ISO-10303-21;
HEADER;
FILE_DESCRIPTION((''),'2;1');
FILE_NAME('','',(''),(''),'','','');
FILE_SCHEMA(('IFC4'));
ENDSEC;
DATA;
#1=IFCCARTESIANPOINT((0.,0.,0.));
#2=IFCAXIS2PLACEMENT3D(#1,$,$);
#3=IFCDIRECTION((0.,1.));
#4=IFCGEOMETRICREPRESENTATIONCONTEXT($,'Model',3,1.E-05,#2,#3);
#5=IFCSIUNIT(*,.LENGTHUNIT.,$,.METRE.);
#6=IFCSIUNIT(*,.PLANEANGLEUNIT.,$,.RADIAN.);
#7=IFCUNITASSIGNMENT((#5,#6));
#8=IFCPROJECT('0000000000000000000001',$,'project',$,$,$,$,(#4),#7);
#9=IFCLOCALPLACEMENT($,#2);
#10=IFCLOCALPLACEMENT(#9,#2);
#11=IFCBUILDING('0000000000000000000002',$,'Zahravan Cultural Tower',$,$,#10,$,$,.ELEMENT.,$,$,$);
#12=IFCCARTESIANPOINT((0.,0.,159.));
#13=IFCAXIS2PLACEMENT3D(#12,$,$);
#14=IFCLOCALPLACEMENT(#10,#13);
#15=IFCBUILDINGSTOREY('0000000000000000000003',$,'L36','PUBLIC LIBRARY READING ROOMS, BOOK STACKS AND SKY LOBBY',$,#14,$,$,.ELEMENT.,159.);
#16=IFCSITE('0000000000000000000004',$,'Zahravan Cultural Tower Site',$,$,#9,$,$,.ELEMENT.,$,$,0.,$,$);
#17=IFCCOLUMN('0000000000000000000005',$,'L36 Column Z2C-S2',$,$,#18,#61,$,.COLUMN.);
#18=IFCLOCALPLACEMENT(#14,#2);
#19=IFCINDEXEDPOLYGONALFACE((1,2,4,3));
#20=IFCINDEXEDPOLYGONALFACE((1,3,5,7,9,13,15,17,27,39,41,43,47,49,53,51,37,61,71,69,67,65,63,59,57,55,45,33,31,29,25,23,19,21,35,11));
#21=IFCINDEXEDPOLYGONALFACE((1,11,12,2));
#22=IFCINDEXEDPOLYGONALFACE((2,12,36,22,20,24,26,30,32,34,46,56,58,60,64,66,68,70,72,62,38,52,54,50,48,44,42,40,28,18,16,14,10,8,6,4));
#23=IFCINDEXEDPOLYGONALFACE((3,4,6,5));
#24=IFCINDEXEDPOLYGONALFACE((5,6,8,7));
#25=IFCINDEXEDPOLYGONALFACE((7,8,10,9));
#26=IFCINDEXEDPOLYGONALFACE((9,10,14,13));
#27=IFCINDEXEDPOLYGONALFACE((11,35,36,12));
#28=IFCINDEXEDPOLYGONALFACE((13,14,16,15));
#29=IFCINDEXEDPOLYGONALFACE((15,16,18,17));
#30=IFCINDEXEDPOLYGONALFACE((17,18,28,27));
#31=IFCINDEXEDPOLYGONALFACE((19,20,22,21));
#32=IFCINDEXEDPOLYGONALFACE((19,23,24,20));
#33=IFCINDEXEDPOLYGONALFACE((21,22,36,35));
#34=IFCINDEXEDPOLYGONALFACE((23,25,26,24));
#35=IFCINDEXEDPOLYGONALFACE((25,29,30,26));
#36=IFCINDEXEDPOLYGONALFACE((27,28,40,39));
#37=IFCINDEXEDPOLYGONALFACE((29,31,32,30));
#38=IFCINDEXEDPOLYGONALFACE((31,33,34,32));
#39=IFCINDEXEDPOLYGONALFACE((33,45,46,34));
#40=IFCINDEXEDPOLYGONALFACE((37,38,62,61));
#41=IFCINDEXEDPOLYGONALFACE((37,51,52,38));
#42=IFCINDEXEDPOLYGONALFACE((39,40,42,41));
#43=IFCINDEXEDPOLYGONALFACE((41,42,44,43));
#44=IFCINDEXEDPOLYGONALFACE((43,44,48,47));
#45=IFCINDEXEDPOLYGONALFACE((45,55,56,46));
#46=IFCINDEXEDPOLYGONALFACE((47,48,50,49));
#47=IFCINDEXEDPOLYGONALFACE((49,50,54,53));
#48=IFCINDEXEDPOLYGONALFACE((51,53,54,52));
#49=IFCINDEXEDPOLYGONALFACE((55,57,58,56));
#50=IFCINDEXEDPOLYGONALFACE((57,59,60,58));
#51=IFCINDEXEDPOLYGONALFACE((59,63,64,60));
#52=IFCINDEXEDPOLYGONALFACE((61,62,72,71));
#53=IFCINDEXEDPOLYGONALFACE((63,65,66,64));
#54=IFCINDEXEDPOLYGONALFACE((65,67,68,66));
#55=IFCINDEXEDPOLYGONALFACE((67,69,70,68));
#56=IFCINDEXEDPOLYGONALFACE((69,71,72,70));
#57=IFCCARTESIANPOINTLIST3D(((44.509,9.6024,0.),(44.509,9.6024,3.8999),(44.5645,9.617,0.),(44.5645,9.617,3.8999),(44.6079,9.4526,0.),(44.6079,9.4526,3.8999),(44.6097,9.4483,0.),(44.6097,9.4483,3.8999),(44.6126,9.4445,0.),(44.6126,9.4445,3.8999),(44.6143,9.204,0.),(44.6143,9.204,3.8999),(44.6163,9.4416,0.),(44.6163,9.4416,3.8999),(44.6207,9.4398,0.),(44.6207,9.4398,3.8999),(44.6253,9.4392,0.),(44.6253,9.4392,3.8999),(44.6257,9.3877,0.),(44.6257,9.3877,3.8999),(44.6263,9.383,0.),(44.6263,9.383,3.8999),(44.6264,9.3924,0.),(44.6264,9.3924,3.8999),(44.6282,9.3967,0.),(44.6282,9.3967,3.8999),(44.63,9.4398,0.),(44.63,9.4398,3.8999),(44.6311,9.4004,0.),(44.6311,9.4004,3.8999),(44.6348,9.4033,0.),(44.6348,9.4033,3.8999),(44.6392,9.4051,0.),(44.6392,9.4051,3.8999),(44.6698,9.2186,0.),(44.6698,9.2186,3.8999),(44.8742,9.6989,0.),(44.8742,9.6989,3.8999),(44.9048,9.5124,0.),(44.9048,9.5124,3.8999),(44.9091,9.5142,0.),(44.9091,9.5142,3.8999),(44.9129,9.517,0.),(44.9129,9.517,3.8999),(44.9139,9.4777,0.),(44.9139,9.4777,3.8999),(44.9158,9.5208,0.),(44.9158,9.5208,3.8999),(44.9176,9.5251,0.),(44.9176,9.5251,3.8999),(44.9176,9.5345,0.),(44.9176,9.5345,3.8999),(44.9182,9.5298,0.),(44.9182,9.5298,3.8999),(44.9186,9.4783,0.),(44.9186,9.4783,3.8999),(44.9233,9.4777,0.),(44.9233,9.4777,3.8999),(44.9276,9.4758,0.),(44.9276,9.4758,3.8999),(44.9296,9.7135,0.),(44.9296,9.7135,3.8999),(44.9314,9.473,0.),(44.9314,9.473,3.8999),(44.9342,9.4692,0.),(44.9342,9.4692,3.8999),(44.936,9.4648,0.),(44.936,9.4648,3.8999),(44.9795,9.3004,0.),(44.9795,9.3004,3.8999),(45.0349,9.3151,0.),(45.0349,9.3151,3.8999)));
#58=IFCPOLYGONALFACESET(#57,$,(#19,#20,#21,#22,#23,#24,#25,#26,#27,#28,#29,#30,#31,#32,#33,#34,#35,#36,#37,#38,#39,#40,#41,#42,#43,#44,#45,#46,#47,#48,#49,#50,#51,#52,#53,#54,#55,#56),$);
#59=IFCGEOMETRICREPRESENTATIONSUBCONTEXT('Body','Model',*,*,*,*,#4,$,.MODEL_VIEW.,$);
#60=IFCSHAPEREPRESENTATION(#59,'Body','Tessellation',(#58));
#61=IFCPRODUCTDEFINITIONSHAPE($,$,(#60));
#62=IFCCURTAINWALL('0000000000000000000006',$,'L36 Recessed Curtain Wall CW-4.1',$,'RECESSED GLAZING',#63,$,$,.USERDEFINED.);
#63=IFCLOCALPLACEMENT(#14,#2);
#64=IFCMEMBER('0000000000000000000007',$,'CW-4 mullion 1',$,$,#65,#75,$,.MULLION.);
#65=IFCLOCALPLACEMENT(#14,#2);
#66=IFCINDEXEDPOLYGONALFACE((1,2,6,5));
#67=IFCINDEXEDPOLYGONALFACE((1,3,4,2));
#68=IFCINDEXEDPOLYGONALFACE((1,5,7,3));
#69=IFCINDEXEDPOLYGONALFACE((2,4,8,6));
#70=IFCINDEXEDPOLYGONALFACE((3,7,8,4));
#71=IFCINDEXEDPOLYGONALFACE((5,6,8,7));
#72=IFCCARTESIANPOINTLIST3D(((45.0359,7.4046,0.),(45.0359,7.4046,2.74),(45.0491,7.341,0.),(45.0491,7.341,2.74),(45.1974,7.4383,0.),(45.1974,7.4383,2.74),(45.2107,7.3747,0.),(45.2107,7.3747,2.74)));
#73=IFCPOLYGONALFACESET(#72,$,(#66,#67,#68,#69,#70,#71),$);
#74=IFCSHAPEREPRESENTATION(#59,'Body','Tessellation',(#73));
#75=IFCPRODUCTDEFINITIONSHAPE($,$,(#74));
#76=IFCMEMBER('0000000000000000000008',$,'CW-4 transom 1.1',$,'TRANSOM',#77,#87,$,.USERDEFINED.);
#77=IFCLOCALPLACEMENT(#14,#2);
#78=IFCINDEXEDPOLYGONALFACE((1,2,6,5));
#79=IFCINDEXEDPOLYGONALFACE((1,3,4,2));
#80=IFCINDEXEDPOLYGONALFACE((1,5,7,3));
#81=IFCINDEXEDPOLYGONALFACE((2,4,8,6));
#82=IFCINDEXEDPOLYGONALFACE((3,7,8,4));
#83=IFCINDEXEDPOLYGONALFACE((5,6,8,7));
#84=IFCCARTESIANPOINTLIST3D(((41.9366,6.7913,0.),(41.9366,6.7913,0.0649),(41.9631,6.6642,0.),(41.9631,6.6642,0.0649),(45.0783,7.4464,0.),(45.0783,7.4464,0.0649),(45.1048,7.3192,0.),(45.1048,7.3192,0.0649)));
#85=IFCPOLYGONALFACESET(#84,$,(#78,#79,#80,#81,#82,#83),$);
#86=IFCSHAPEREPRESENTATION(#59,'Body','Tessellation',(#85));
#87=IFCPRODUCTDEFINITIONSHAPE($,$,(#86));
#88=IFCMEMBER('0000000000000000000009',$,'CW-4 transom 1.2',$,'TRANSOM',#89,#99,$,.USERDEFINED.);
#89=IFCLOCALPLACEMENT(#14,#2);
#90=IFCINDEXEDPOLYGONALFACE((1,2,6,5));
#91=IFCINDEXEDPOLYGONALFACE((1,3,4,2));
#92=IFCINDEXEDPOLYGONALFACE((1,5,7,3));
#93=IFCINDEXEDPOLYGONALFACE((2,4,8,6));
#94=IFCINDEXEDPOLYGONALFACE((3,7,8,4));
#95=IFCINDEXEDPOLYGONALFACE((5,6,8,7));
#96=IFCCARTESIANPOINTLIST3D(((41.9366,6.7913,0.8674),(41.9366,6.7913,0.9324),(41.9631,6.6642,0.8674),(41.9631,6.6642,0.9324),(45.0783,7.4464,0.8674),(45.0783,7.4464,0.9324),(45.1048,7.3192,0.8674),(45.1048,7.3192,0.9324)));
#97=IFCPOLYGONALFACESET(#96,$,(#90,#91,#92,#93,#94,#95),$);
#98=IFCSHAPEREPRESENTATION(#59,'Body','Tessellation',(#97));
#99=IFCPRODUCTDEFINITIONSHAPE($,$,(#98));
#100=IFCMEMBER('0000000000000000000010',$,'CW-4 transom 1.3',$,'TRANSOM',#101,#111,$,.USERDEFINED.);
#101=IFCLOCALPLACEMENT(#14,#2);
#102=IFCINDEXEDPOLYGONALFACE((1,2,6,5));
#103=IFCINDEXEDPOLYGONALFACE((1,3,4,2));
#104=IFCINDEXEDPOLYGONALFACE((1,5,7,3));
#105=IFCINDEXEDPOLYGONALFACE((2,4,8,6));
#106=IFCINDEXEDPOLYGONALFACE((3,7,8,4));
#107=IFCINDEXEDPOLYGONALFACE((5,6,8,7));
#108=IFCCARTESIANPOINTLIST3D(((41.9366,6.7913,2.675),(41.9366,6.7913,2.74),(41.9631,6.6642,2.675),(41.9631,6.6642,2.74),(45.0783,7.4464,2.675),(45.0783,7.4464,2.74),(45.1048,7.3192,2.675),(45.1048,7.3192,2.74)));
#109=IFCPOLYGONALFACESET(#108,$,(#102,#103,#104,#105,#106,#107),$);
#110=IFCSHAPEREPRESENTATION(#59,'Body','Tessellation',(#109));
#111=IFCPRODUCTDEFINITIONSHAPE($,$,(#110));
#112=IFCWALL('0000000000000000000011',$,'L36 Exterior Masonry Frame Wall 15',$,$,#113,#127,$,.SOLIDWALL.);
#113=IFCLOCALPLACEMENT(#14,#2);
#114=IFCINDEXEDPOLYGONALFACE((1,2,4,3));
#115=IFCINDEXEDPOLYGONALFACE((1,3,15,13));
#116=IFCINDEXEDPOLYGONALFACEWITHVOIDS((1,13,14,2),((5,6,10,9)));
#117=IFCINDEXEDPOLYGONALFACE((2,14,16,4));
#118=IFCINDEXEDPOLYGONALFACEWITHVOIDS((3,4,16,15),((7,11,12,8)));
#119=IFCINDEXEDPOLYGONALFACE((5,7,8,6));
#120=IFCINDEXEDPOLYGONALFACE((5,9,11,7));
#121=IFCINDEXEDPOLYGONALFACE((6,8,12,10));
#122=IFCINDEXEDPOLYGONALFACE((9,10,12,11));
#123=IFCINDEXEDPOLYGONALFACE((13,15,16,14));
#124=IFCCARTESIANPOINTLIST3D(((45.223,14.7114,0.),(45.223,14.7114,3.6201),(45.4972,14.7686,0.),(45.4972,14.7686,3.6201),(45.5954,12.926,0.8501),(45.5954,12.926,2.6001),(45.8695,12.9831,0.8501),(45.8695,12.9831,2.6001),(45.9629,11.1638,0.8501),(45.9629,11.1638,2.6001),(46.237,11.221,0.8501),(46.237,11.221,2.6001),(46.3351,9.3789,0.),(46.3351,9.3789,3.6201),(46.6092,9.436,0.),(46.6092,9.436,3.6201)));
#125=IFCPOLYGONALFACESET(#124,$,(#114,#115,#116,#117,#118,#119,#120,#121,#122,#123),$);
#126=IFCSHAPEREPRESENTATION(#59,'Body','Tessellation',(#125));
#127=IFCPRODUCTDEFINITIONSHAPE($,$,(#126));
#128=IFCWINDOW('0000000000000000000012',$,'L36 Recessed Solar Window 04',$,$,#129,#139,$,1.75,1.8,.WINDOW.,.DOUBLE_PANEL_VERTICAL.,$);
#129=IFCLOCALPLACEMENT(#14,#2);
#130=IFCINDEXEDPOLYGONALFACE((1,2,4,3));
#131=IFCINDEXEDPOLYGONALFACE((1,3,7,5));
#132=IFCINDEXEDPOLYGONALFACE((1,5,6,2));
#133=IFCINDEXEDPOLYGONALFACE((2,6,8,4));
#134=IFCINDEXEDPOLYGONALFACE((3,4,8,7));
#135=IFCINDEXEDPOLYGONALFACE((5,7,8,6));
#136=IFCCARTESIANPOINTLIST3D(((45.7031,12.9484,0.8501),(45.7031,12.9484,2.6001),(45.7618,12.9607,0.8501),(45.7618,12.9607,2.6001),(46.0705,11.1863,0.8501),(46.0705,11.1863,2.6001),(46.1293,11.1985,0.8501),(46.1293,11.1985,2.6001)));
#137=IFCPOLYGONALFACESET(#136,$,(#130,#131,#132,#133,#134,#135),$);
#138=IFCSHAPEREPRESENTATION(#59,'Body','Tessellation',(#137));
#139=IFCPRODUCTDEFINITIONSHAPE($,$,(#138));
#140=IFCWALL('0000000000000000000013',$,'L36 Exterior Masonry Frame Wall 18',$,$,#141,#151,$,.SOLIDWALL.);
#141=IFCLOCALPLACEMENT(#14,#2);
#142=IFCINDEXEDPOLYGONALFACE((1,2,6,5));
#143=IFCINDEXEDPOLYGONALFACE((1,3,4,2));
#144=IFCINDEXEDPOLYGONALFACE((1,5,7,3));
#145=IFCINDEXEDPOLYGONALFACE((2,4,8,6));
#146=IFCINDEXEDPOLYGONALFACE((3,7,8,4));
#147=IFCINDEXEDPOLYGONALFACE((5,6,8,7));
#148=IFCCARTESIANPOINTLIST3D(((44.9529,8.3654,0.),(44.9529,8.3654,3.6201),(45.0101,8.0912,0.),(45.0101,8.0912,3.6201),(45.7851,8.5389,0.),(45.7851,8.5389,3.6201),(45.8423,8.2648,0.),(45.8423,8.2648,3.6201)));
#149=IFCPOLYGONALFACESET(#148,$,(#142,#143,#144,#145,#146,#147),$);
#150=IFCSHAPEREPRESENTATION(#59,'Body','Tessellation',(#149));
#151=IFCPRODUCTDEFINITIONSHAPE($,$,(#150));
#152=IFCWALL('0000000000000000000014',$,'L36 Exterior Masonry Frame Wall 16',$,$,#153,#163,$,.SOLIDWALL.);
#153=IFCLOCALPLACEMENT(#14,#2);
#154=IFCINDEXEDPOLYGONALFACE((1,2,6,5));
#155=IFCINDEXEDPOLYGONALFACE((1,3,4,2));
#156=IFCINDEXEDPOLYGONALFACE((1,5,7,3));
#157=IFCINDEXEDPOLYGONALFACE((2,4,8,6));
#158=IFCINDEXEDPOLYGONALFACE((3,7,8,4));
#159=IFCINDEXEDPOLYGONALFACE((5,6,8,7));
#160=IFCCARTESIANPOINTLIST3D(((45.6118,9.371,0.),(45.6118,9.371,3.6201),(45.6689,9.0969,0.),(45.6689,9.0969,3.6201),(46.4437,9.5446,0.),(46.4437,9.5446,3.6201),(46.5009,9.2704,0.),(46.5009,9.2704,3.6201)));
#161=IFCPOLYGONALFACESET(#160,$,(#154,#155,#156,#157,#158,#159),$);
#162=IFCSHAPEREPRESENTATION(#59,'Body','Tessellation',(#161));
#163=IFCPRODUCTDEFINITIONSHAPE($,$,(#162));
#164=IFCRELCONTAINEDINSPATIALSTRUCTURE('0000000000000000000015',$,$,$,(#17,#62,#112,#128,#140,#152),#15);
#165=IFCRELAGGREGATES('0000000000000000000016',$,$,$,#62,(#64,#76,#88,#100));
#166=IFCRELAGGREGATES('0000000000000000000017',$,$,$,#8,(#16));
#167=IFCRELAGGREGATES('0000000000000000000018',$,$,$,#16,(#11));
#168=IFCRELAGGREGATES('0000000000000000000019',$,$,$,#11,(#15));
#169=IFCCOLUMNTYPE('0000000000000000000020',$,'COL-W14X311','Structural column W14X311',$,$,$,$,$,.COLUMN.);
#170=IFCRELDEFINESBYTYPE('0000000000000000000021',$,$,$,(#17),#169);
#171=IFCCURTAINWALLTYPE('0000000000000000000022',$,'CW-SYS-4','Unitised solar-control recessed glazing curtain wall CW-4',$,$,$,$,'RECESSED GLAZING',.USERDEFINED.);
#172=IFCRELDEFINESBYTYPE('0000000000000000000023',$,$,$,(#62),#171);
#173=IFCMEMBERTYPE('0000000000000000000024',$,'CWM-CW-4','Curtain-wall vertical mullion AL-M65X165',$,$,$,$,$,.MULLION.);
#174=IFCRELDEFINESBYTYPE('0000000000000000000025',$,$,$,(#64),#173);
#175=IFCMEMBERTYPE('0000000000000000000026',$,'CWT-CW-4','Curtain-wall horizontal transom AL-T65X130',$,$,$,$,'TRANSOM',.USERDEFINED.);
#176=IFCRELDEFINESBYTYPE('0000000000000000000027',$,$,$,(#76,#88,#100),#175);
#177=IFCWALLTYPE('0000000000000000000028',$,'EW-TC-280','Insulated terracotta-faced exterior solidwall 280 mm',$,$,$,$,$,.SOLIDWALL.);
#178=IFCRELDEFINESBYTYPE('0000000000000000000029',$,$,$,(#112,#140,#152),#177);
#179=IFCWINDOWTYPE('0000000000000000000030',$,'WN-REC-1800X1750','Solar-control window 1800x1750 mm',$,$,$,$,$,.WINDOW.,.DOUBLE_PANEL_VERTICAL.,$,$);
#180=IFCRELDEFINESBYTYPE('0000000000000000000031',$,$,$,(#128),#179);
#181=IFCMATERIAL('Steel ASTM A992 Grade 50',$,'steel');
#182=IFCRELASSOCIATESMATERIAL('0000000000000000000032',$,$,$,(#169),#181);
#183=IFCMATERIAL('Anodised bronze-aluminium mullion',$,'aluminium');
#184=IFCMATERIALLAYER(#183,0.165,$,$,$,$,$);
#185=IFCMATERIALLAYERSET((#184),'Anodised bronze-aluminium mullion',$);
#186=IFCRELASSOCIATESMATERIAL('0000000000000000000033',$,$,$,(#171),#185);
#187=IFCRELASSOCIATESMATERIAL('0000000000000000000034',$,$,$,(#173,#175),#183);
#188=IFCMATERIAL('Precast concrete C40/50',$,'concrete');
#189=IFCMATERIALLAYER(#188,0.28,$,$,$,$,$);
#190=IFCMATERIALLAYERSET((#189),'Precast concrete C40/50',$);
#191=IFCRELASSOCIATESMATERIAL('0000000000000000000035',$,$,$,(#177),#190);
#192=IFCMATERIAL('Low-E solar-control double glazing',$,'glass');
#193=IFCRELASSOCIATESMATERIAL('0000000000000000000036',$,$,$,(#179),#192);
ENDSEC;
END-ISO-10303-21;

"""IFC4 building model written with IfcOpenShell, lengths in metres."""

from ifc_helpers import new_model, si_unit, direction, frame, frame_2d, origin, origin_2d, place, context, subcontext, project, spatial, rectangle, i_section, extrude, source, transform, mapped, material, layer, layer_set, material_profile, profile_set, type_object, element, fill, aggregate, save


model = new_model("IFC4")

# Units and contexts
model_context = context("Model", 3, precision=1e-05, world=origin(), true_north=direction((0.0, 1.0)))
body_context = subcontext(model_context, "Body", "Model", "MODEL_VIEW")
ifc_project = project(units=[si_unit("LENGTHUNIT", "METRE"), si_unit("PLANEANGLEUNIT", "RADIAN")], contexts=[model_context])

# Site, building, storey
site_placement = place(None, origin())
site = spatial("IfcSite", under=ifc_project, at=site_placement, Name="Zahravan Cultural Tower Site", CompositionType="ELEMENT", RefElevation=0.0)
building_placement = place(site_placement, origin())
building = spatial("IfcBuilding", under=site, at=building_placement, Name="Zahravan Cultural Tower", CompositionType="ELEMENT")
storey_placement = place(building_placement, frame((0.0, 0.0, 159.0)))
storey = spatial("IfcBuildingStorey", under=building, at=storey_placement, Name="L36", Description="PUBLIC LIBRARY READING ROOMS, BOOK STACKS AND SKY LOBBY", CompositionType="ELEMENT", Elevation=159.0)

# Column
ifc_material_1 = material(Name="Steel ASTM A992 Grade 50", Category="steel")
ifc_material_profile_1 = material_profile(ifc_material_1, i_section(OverallWidth=0.4121, OverallDepth=0.4351, WebThickness=0.0359, FlangeThickness=0.0574, FilletRadius=0.0181, at=origin_2d()), Name="W14X311")
ifc_profile_set_1 = profile_set([ifc_material_profile_1], Name="Steel ASTM A992 Grade 50")
column_type = type_object("IfcColumnType", Name="COL-W14X311", Description="Structural column W14X311", PredefinedType="COLUMN", material=ifc_profile_set_1)
shared_shape_1 = source(origin(), body_context, "Body", "SweptSolid", [
    extrude(i_section(OverallWidth=0.4121, OverallDepth=0.4351, WebThickness=0.0359, FlangeThickness=0.0574, FilletRadius=0.0181, at=origin_2d()), origin(), (0.0, 0.0, 1.0), 3.8999),
])
column_placement = place(storey_placement, frame((44.772, 9.4587, 0.0), z_axis=(0.0, 0.0, 1.0), x_axis=(-0.255446, 0.966823, 0.0)))
element("IfcColumn", 1, at=column_placement, inside=storey, type_object=column_type, Name="L36 Column Z2C-S2", PredefinedType="COLUMN", context=body_context, shape_type="MappedRepresentation", body=[
    mapped(shared_shape_1, transform((0.0, 0.0, 0.0), x_axis=(1.0, 0.0, 0.0), y_axis=(0.0, 1.0, 0.0), z_axis=(0.0, 0.0, 1.0), scale=1.0)),
])

# Curtain wall, members
ifc_material_2 = material(Name="Anodised bronze-aluminium mullion", Category="aluminium")
ifc_layer_1 = layer(ifc_material_2, 0.165)
ifc_layer_set_1 = layer_set([ifc_layer_1], Name="Anodised bronze-aluminium mullion")
curtain_wall_type = type_object("IfcCurtainWallType", Name="CW-SYS-4", Description="Unitised solar-control recessed glazing curtain wall CW-4", ElementType="RECESSED GLAZING", PredefinedType="USERDEFINED", material=ifc_layer_set_1)
curtain_wall_placement = place(storey_placement, origin())
curtain_wall = element("IfcCurtainWall", 2, at=curtain_wall_placement, inside=storey, type_object=curtain_wall_type, Name="L36 Recessed Curtain Wall CW-4.1", ObjectType="RECESSED GLAZING", PredefinedType="USERDEFINED")
ifc_material_profile_2 = material_profile(ifc_material_2, rectangle(XDim=0.0649, YDim=0.165, at=origin_2d()), Name="AL-M65X165")
ifc_profile_set_2 = profile_set([ifc_material_profile_2], Name="Anodised bronze-aluminium mullion")
member_type_1 = type_object("IfcMemberType", Name="CWM-CW-4", Description="Curtain-wall vertical mullion AL-M65X165", PredefinedType="MULLION", material=ifc_profile_set_2)
shared_shape_2 = source(origin(), body_context, "Body", "SweptSolid", [
    extrude(rectangle(XDim=0.0649, YDim=0.165, at=origin_2d()), origin(), (0.0, 0.0, 1.0), 2.74),
])
member_1_placement = place(storey_placement, frame((45.1233, 7.3896, 0.0), z_axis=(0.0, 0.0, 1.0), x_axis=(0.204162, -0.978937, 0.0)))
member_1 = element("IfcMember", 3, at=member_1_placement, type_object=member_type_1, Name="CW-4 mullion 1", PredefinedType="MULLION", context=body_context, shape_type="MappedRepresentation", body=[
    mapped(shared_shape_2, transform((0.0, 0.0, 0.0), x_axis=(1.0, 0.0, 0.0), y_axis=(0.0, 1.0, 0.0), z_axis=(0.0, 0.0, 1.0), scale=1.0)),
])
ifc_material_profile_3 = material_profile(ifc_material_2, rectangle(XDim=0.1299, YDim=0.0649, at=origin_2d()), Name="AL-T65X130")
ifc_profile_set_3 = profile_set([ifc_material_profile_3], Name="Anodised bronze-aluminium mullion")
member_type_2 = type_object("IfcMemberType", Name="CWT-CW-4", Description="Curtain-wall horizontal transom AL-T65X130", ElementType="TRANSOM", PredefinedType="USERDEFINED", material=ifc_profile_set_3)
shared_shape_3 = source(origin(), body_context, "Body", "SweptSolid", [
    extrude(rectangle(XDim=0.1299, YDim=0.0649, at=origin_2d()), origin(), (0.0, 0.0, 1.0), 3.2092),
])
member_2_placement = place(storey_placement, frame((45.0916, 7.3828, 0.0325), z_axis=(-0.978947, -0.204112, 0.0), x_axis=(0.204112, -0.978947, 0.0)))
member_2 = element("IfcMember", 4, at=member_2_placement, type_object=member_type_2, Name="CW-4 transom 1.1", ObjectType="TRANSOM", PredefinedType="USERDEFINED", context=body_context, shape_type="MappedRepresentation", body=[
    mapped(shared_shape_3, transform((0.0, 0.0, 0.0), x_axis=(1.0, 0.0, 0.0), y_axis=(0.0, 1.0, 0.0), z_axis=(0.0, 0.0, 1.0), scale=1.0)),
])
member_3_placement = place(storey_placement, frame((45.0916, 7.3828, 0.8999), z_axis=(-0.978947, -0.204112, 0.0), x_axis=(0.204112, -0.978947, 0.0)))
member_3 = element("IfcMember", 5, at=member_3_placement, type_object=member_type_2, Name="CW-4 transom 1.2", ObjectType="TRANSOM", PredefinedType="USERDEFINED", context=body_context, shape_type="MappedRepresentation", body=[
    mapped(shared_shape_3, transform((0.0, 0.0, 0.0), x_axis=(1.0, 0.0, 0.0), y_axis=(0.0, 1.0, 0.0), z_axis=(0.0, 0.0, 1.0), scale=1.0)),
])
member_4_placement = place(storey_placement, frame((45.0916, 7.3828, 2.7075), z_axis=(-0.978947, -0.204112, 0.0), x_axis=(0.204112, -0.978947, 0.0)))
member_4 = element("IfcMember", 6, at=member_4_placement, type_object=member_type_2, Name="CW-4 transom 1.3", ObjectType="TRANSOM", PredefinedType="USERDEFINED", context=body_context, shape_type="MappedRepresentation", body=[
    mapped(shared_shape_3, transform((0.0, 0.0, 0.0), x_axis=(1.0, 0.0, 0.0), y_axis=(0.0, 1.0, 0.0), z_axis=(0.0, 0.0, 1.0), scale=1.0)),
])
aggregate(curtain_wall, [member_1, member_2, member_3, member_4])

# Shared definitions
ifc_material_3 = material(Name="Precast concrete C40/50", Category="concrete")
ifc_layer_2 = layer(ifc_material_3, 0.28)
ifc_layer_set_2 = layer_set([ifc_layer_2], Name="Precast concrete C40/50")
wall_type_1 = type_object("IfcWallType", Name="EW-TC-280", Description="Insulated terracotta-faced exterior solidwall 280 mm", PredefinedType="SOLIDWALL", material=ifc_layer_set_2)

# Wall, opening, window
wall_1_placement = place(storey_placement, frame((45.3601, 14.74, 0.0), z_axis=(0.0, 0.0, 1.0), x_axis=(0.204151, -0.978939, 0.0)))
wall_1 = element("IfcWall", 7, at=wall_1_placement, inside=storey, type_object=wall_type_1, Name="L36 Exterior Masonry Frame Wall 15", PredefinedType="SOLIDWALL", context=body_context, shape_type="SweptSolid", body=[
    extrude(rectangle(XDim=5.4473, YDim=0.28, at=frame_2d((2.7236, 0.0))), origin(), (0.0, 0.0, 1.0), 3.6201),
])
opening_1_placement = place(wall_1_placement, frame((1.824, 0.0, 0.8501)))
opening_1 = element("IfcOpeningElement", 8, at=opening_1_placement, cuts=wall_1, PredefinedType="OPENING", context=body_context, shape_type="SweptSolid", body=[
    extrude(rectangle(XDim=1.8, YDim=1.75, at=frame_2d((0.8999, 0.875))), frame((0.0, 0.1499, 0.0), z_axis=(0.0, -1.0, 0.0), x_axis=(1.0, 0.0, 0.0)), (0.0, 0.0, 1.0), 0.3),
])
ifc_material_4 = material(Name="Low-E solar-control double glazing", Category="glass")
window_type = type_object("IfcWindowType", Name="WN-REC-1800X1750", Description="Solar-control window 1800x1750 mm", PartitioningType="DOUBLE_PANEL_VERTICAL", PredefinedType="WINDOW", material=ifc_material_4)
shared_shape_4 = source(origin(), body_context, "Body", "SweptSolid", [
    extrude(rectangle(XDim=1.8, YDim=1.75, at=frame_2d((0.8999, 0.875))), frame((0.0, 0.03, 0.0), z_axis=(0.0, -1.0, 0.0), x_axis=(1.0, 0.0, 0.0)), (0.0, 0.0, 1.0), 0.0601),
])
window_placement = place(opening_1_placement, origin())
window = element("IfcWindow", 9, at=window_placement, inside=storey, type_object=window_type, Name="L36 Recessed Solar Window 04", OverallHeight=1.75, OverallWidth=1.8, PartitioningType="DOUBLE_PANEL_VERTICAL", PredefinedType="WINDOW", context=body_context, shape_type="MappedRepresentation", body=[
    mapped(shared_shape_4, transform((0.0, 0.0, 0.0), x_axis=(1.0, 0.0, 0.0), y_axis=(0.0, 1.0, 0.0), z_axis=(0.0, 0.0, 1.0), scale=1.0)),
])
fill(opening_1, window)

# Walls
shared_shape_5 = source(origin(), body_context, "Body", "SweptSolid", [
    extrude(rectangle(XDim=0.8501, YDim=0.28, at=frame_2d((0.425, 0.0))), origin(), (0.0, 0.0, 1.0), 3.6201),
])
wall_2_placement = place(storey_placement, frame((45.8137, 8.4019, 0.0), z_axis=(0.0, 0.0, 1.0), x_axis=(-0.978935, -0.204172, 0.0)))
element("IfcWall", 10, at=wall_2_placement, inside=storey, type_object=wall_type_1, Name="L36 Exterior Masonry Frame Wall 18", PredefinedType="SOLIDWALL", context=body_context, shape_type="MappedRepresentation", body=[
    mapped(shared_shape_5, transform((0.0, 0.0, 0.0), x_axis=(1.0, 0.0, 0.0), y_axis=(0.0, 1.0, 0.0), z_axis=(0.0, 0.0, 1.0), scale=1.0)),
])
shared_shape_6 = source(origin(), body_context, "Body", "SweptSolid", [
    extrude(rectangle(XDim=0.8499, YDim=0.28, at=frame_2d((0.4248, 0.0))), origin(), (0.0, 0.0, 1.0), 3.6201),
])
for number, where, z_axis, x_axis, name in (
    (11, (46.4722, 9.4075, 0.0), (0.0, 0.0, 1.0), (-0.978923, -0.20423, 0.0), "L36 Exterior Masonry Frame Wall 16"),
):
    element("IfcWall", number, at=place(storey_placement, frame(where, z_axis=z_axis, x_axis=x_axis)), inside=storey, type_object=wall_type_1, Name=name, PredefinedType="SOLIDWALL", context=body_context, shape_type="MappedRepresentation", body=[
        mapped(shared_shape_6, transform((0.0, 0.0, 0.0), x_axis=(1.0, 0.0, 0.0), y_axis=(0.0, 1.0, 0.0), z_axis=(0.0, 0.0, 1.0), scale=1.0)),
    ])

save(model, "model.ifc")
